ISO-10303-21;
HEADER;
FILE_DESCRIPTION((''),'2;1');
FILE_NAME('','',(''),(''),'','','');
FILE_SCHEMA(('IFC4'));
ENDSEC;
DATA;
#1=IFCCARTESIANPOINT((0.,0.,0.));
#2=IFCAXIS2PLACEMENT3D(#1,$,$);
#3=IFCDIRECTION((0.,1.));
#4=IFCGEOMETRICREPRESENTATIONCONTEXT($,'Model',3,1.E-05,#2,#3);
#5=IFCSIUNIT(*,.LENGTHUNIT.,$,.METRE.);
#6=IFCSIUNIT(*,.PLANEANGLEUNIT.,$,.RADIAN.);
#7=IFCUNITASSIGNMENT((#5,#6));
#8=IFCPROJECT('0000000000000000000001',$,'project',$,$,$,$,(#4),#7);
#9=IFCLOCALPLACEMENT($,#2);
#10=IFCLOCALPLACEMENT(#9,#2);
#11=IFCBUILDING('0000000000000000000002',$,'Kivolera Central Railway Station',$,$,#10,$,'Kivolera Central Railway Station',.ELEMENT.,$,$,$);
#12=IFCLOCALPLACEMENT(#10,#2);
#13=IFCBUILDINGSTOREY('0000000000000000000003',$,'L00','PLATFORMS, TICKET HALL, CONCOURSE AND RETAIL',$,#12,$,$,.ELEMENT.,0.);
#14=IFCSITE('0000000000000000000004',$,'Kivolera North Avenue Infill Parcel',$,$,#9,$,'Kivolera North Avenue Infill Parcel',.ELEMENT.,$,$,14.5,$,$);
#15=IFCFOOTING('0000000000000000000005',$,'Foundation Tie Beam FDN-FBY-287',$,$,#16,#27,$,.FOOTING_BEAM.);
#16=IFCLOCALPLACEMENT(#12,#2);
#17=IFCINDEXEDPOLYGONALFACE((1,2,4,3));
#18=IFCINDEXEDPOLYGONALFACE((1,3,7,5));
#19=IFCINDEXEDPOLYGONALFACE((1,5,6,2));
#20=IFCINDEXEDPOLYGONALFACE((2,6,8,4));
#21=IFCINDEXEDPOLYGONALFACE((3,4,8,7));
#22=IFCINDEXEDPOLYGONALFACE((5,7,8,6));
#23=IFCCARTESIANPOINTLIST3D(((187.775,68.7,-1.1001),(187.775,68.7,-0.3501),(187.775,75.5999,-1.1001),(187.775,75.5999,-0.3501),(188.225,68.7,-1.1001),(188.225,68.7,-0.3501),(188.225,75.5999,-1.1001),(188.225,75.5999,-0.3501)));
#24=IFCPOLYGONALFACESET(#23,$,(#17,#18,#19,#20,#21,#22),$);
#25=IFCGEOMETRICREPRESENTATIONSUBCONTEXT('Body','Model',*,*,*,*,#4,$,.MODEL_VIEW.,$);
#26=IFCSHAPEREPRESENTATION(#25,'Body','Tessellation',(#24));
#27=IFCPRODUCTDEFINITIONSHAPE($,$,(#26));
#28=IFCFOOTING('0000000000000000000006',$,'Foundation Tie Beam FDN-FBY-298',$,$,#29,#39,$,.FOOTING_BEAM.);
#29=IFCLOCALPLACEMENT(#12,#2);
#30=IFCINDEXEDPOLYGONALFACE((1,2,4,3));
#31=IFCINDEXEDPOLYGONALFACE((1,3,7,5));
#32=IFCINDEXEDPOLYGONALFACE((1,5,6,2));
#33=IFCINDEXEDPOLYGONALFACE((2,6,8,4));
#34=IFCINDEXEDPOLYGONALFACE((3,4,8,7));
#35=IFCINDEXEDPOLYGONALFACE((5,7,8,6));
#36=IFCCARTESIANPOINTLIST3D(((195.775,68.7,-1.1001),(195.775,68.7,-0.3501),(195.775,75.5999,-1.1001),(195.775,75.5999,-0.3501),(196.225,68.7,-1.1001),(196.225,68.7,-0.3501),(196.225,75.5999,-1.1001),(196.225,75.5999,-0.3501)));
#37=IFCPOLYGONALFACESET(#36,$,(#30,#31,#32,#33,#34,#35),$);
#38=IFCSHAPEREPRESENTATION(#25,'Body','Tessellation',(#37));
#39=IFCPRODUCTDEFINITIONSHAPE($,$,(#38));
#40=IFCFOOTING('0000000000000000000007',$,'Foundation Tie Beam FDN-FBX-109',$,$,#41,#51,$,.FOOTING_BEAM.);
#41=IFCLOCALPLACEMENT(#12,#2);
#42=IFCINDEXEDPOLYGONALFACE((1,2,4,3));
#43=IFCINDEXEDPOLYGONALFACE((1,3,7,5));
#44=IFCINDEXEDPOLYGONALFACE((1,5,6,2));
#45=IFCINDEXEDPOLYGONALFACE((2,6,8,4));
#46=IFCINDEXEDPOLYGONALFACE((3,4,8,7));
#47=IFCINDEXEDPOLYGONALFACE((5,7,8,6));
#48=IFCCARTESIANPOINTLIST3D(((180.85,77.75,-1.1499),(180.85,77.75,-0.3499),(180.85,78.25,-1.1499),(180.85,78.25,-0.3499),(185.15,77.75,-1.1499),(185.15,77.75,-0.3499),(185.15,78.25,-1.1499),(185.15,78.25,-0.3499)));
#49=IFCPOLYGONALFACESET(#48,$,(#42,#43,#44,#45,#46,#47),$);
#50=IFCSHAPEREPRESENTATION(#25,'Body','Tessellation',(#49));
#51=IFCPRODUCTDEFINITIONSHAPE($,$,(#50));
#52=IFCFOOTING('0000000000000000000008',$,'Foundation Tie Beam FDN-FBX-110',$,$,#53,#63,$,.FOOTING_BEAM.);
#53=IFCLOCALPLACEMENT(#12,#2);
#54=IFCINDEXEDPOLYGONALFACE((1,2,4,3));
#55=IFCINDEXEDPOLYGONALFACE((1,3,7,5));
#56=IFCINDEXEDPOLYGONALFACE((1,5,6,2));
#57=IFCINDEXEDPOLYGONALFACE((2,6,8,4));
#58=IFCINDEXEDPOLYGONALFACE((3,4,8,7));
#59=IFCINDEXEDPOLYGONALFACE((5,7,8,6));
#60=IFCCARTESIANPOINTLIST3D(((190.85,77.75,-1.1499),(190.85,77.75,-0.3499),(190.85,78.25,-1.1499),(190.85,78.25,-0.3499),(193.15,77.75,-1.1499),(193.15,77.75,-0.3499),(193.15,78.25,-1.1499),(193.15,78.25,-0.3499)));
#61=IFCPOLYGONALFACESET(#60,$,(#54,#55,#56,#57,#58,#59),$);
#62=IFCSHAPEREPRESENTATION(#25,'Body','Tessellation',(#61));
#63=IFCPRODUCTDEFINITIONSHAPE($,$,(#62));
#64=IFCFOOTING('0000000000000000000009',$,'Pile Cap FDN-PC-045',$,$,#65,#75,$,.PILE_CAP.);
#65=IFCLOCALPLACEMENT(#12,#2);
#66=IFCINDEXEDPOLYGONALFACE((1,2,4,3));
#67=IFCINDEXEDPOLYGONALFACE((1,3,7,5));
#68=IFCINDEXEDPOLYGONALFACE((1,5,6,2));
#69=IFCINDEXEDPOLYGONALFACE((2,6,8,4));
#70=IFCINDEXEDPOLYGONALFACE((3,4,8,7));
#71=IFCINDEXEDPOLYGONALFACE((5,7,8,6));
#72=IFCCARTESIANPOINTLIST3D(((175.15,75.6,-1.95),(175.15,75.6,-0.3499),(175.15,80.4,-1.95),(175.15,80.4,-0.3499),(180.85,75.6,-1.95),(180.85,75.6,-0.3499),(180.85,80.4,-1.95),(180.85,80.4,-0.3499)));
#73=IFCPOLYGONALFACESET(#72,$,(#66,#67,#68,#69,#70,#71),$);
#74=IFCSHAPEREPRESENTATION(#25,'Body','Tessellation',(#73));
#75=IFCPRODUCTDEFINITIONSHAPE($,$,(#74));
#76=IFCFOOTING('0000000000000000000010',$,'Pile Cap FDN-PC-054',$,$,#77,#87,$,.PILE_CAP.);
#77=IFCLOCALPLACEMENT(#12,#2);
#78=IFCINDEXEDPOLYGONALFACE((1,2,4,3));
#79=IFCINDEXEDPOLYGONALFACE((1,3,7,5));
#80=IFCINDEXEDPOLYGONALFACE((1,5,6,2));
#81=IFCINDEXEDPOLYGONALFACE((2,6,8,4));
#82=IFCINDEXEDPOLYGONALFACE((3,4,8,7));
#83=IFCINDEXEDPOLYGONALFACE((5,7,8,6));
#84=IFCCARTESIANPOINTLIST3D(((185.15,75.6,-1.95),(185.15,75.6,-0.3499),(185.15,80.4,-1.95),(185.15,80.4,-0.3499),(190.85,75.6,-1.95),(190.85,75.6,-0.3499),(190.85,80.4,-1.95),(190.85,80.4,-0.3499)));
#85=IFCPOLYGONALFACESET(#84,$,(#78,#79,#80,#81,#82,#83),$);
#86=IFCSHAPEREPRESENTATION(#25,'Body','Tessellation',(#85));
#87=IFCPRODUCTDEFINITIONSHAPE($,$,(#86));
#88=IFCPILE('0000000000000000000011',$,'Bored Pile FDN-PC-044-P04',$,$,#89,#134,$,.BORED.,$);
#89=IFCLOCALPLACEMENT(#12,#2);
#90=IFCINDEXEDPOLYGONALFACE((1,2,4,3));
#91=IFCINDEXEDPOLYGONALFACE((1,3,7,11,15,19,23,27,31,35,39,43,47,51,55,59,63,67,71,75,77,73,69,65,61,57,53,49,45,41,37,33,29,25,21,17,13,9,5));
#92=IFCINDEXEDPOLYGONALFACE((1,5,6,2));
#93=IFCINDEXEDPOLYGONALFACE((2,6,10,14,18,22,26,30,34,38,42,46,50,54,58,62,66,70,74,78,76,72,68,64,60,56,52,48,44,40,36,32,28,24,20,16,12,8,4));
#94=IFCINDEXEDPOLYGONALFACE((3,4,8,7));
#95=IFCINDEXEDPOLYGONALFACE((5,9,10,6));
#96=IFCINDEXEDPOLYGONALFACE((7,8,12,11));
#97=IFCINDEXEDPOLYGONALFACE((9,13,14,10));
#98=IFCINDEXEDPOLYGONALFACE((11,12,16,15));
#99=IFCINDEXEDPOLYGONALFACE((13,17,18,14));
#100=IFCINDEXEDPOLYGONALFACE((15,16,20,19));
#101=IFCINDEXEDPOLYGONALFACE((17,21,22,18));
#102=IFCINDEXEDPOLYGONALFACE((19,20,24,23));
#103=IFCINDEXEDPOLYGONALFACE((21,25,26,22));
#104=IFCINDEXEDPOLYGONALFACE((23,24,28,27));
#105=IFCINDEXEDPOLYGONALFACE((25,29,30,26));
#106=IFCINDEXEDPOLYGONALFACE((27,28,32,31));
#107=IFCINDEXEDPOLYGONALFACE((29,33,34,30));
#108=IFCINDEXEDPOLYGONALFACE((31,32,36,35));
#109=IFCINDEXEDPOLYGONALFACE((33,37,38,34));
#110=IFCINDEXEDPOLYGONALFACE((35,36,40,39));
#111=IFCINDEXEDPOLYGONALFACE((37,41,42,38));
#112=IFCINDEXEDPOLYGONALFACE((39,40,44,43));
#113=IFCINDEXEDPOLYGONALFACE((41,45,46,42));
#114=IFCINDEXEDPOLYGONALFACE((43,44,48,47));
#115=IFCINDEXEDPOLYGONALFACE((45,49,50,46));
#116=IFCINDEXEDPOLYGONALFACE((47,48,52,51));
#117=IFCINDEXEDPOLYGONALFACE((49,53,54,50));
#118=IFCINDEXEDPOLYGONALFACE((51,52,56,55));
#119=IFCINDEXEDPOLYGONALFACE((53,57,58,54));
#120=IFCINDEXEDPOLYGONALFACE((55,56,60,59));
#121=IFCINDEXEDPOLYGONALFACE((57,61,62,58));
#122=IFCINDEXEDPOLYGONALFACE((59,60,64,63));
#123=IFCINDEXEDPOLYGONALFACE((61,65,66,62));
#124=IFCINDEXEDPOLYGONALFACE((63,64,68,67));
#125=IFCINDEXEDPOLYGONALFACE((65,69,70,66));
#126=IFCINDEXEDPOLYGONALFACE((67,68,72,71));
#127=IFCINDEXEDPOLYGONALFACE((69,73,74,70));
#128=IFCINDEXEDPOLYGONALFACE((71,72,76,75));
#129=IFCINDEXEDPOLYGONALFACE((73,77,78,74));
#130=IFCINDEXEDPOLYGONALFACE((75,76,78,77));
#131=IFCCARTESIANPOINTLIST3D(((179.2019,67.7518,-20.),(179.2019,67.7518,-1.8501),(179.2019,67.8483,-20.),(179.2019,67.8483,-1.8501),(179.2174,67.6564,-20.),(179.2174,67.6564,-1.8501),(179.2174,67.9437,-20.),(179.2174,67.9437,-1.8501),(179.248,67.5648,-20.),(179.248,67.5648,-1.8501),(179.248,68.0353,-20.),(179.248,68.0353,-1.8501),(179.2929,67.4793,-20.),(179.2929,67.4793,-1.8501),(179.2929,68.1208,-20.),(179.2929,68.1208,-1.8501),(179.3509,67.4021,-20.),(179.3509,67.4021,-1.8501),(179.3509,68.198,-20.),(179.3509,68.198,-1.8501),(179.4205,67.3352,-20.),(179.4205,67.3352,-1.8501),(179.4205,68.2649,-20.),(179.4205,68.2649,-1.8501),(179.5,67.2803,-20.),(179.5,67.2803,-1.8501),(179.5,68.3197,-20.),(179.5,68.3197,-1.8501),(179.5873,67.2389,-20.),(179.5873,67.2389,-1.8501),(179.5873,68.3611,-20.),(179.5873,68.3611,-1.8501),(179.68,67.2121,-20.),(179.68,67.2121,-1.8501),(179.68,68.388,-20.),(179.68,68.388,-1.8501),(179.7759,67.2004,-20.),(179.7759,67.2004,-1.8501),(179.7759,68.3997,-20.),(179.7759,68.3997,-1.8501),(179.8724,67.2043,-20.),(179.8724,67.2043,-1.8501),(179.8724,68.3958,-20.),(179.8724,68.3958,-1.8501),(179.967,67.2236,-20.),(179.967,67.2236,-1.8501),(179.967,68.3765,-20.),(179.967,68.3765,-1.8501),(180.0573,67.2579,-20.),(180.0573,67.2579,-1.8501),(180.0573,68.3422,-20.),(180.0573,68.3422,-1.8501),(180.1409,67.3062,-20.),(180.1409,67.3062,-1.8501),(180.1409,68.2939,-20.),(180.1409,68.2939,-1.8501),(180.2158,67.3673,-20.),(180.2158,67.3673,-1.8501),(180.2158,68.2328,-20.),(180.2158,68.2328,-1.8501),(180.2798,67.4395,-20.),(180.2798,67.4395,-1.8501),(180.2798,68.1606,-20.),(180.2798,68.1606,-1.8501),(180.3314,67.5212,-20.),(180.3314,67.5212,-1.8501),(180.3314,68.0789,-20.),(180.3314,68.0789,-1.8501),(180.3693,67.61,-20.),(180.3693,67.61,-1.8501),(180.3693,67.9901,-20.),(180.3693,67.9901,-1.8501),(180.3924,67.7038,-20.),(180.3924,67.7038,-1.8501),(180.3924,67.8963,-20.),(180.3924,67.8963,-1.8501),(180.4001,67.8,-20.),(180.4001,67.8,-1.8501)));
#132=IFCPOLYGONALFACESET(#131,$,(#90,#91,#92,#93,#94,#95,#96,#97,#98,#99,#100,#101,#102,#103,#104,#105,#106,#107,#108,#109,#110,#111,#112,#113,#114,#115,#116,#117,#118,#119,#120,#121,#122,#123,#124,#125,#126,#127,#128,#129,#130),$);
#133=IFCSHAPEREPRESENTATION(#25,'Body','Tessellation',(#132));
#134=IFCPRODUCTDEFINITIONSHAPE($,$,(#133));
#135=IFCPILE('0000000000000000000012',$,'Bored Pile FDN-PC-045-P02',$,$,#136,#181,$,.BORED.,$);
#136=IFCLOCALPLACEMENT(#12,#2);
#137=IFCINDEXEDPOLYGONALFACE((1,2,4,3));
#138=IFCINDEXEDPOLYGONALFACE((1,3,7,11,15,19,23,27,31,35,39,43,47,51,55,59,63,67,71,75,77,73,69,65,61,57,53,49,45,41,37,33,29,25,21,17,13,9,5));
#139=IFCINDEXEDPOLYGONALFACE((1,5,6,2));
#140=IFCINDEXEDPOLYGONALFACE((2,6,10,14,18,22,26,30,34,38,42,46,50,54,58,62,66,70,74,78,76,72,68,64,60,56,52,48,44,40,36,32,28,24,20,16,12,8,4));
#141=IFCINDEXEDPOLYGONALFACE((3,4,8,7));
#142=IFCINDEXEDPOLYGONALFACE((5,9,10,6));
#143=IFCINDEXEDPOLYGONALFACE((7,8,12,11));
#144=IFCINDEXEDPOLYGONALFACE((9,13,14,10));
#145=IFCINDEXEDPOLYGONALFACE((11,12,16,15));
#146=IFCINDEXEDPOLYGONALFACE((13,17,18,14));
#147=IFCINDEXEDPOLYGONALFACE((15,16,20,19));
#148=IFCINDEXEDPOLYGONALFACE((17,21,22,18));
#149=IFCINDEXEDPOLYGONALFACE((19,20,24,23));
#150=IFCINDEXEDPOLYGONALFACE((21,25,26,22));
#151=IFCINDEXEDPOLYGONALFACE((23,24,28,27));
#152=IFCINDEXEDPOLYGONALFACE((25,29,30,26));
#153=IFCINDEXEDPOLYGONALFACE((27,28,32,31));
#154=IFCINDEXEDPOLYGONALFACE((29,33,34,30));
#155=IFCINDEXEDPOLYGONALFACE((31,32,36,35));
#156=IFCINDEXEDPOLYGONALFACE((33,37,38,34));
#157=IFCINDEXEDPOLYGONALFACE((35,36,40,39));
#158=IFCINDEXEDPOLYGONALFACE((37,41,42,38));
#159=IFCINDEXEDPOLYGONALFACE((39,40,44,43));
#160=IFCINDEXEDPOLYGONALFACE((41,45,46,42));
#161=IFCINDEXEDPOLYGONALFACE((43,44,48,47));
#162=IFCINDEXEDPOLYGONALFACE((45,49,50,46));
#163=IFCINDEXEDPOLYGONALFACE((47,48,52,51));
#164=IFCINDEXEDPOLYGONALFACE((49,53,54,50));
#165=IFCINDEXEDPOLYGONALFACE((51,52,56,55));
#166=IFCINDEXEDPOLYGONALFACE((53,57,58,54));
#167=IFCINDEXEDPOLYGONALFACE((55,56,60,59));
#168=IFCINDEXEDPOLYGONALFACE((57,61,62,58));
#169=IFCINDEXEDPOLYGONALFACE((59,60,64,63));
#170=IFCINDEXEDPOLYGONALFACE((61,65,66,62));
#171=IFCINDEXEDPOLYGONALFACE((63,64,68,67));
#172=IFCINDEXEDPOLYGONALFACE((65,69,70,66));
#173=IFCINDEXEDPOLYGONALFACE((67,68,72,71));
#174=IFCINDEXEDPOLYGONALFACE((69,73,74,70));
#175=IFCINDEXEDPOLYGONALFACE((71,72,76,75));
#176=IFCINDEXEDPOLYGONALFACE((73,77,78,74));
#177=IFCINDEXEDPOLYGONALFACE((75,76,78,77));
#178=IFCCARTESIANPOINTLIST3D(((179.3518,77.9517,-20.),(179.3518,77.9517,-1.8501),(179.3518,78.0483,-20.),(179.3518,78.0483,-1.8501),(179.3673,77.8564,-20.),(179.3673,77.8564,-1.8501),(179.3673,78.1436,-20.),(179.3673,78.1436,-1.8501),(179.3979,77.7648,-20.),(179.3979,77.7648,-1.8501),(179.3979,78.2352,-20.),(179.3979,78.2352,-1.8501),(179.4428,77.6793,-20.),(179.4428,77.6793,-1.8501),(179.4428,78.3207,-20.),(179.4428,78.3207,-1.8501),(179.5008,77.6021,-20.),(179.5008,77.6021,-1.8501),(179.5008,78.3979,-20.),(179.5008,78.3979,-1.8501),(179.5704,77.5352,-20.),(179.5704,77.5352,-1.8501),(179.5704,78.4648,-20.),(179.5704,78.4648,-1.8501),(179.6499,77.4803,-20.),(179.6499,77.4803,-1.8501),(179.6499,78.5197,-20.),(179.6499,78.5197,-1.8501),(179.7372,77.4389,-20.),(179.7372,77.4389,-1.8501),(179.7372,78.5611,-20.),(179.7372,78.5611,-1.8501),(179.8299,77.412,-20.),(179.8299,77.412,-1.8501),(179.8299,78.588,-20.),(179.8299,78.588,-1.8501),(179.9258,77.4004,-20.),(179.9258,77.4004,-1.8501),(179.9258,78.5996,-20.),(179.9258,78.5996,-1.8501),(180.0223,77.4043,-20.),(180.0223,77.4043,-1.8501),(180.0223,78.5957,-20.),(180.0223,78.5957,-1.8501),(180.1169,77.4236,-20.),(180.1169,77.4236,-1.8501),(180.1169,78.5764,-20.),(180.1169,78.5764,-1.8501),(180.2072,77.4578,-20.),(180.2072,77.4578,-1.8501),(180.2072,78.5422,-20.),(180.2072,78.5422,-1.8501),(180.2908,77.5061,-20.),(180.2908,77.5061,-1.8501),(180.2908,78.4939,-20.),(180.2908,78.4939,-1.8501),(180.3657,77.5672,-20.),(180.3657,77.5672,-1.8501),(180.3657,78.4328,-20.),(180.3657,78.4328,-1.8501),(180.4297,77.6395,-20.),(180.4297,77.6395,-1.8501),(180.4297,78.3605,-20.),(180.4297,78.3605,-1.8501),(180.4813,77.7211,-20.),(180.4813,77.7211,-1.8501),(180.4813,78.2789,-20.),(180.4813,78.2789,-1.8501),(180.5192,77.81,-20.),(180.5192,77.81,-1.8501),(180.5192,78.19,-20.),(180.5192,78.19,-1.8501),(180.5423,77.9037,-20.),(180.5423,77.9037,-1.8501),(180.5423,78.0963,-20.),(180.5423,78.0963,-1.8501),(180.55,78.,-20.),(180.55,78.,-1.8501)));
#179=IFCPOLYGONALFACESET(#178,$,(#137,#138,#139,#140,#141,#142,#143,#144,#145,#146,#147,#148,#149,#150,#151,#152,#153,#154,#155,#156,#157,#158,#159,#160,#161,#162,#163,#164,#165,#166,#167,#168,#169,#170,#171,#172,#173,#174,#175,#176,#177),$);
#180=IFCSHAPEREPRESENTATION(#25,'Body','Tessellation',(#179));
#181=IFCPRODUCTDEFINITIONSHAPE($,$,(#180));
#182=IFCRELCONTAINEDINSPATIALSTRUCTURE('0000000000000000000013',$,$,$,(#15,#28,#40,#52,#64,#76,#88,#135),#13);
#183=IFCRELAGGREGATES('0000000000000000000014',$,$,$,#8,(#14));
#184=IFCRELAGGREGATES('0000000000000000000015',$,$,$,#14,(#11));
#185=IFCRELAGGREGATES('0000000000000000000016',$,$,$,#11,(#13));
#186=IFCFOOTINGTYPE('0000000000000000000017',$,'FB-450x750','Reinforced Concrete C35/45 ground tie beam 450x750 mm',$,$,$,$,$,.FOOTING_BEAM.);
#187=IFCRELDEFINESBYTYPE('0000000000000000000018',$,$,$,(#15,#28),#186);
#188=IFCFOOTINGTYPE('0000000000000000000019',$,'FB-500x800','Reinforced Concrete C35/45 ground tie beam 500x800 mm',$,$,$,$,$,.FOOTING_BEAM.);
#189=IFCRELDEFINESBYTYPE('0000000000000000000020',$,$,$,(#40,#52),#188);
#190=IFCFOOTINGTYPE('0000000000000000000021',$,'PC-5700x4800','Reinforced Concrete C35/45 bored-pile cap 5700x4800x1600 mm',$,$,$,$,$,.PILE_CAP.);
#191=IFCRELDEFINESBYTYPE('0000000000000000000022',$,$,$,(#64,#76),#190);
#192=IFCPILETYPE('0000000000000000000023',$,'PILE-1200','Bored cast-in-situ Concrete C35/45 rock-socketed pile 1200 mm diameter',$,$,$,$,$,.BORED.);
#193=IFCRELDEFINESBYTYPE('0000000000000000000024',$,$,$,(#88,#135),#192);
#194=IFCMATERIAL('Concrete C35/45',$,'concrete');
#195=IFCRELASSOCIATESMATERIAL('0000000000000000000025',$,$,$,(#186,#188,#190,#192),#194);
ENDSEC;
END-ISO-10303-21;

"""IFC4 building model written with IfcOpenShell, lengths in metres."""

from ifc_helpers import new_model, si_unit, direction, frame, origin, origin_2d, place, context, subcontext, project, spatial, rectangle, circle, extrude, material, material_profile, profile_set, type_object, element, save


model = new_model("IFC4")

# Units and contexts
model_context = context("Model", 3, precision=1e-05, world=origin(), true_north=direction((0.0, 1.0)))
body_context = subcontext(model_context, "Body", "Model", "MODEL_VIEW")
ifc_project = project(units=[si_unit("LENGTHUNIT", "METRE"), si_unit("PLANEANGLEUNIT", "RADIAN")], contexts=[model_context])

# Site, building, storey
site_placement = place(None, origin())
site = spatial("IfcSite", under=ifc_project, at=site_placement, Name="Kivolera North Avenue Infill Parcel", LongName="Kivolera North Avenue Infill Parcel", CompositionType="ELEMENT", RefElevation=14.5)
building_placement = place(site_placement, origin())
building = spatial("IfcBuilding", under=site, at=building_placement, Name="Kivolera Central Railway Station", LongName="Kivolera Central Railway Station", CompositionType="ELEMENT")
storey_placement = place(building_placement, origin())
storey = spatial("IfcBuildingStorey", under=building, at=storey_placement, Name="L00", Description="PLATFORMS, TICKET HALL, CONCOURSE AND RETAIL", CompositionType="ELEMENT", Elevation=0.0)

# Footings
ifc_material_1 = material(Name="Concrete C35/45", Category="concrete")
footing_type_1 = type_object("IfcFootingType", Name="FB-450x750", Description="Reinforced Concrete C35/45 ground tie beam 450x750 mm", PredefinedType="FOOTING_BEAM", material=ifc_material_1)
for number, where, z_axis, x_axis, name in (
    (1, (188.0, 72.1499, -1.1001), (0.0, 0.0, 1.0), (1.0, 0.0, 0.0), "Foundation Tie Beam FDN-FBY-287"),
    (2, (196.0, 72.1499, -1.1001), (0.0, 0.0, 1.0), (1.0, 0.0, 0.0), "Foundation Tie Beam FDN-FBY-298"),
):
    element("IfcFooting", number, at=place(storey_placement, frame(where, z_axis=z_axis, x_axis=x_axis)), inside=storey, type_object=footing_type_1, Name=name, PredefinedType="FOOTING_BEAM", context=body_context, shape_type="SweptSolid", body=[
        extrude(rectangle(XDim=0.45, YDim=6.8999, at=origin_2d()), origin(), (0.0, 0.0, 1.0), 0.75),
    ])
footing_type_2 = type_object("IfcFootingType", Name="FB-500x800", Description="Reinforced Concrete C35/45 ground tie beam 500x800 mm", PredefinedType="FOOTING_BEAM", material=ifc_material_1)
footing_1_placement = place(storey_placement, frame((183.0, 78.0, -1.1499), z_axis=(0.0, 0.0, 1.0), x_axis=(1.0, 0.0, 0.0)))
element("IfcFooting", 3, at=footing_1_placement, inside=storey, type_object=footing_type_2, Name="Foundation Tie Beam FDN-FBX-109", PredefinedType="FOOTING_BEAM", context=body_context, shape_type="SweptSolid", body=[
    extrude(rectangle(XDim=4.3, YDim=0.5, at=origin_2d()), origin(), (0.0, 0.0, 1.0), 0.8),
])
footing_2_placement = place(storey_placement, frame((192.0, 78.0, -1.1499), z_axis=(0.0, 0.0, 1.0), x_axis=(1.0, 0.0, 0.0)))
element("IfcFooting", 4, at=footing_2_placement, inside=storey, type_object=footing_type_2, Name="Foundation Tie Beam FDN-FBX-110", PredefinedType="FOOTING_BEAM", context=body_context, shape_type="SweptSolid", body=[
    extrude(rectangle(XDim=2.3, YDim=0.5, at=origin_2d()), origin(), (0.0, 0.0, 1.0), 0.8),
])
footing_type_3 = type_object("IfcFootingType", Name="PC-5700x4800", Description="Reinforced Concrete C35/45 bored-pile cap 5700x4800x1600 mm", PredefinedType="PILE_CAP", material=ifc_material_1)
for number, where, z_axis, x_axis, name in (
    (5, (178.0, 78.0, -1.95), (0.0, 0.0, 1.0), (1.0, 0.0, 0.0), "Pile Cap FDN-PC-045"),
    (6, (188.0, 78.0, -1.95), (0.0, 0.0, 1.0), (1.0, 0.0, 0.0), "Pile Cap FDN-PC-054"),
):
    element("IfcFooting", number, at=place(storey_placement, frame(where, z_axis=z_axis, x_axis=x_axis)), inside=storey, type_object=footing_type_3, Name=name, PredefinedType="PILE_CAP", context=body_context, shape_type="SweptSolid", body=[
        extrude(rectangle(XDim=5.7, YDim=4.8, at=origin_2d()), origin(), (0.0, 0.0, 1.0), 1.6001),
    ])

# Piles
ifc_material_profile_1 = material_profile(ifc_material_1, circle(Radius=0.6001, at=origin_2d()), Name="PILE D1200")
ifc_profile_set_1 = profile_set([ifc_material_profile_1], Name="Concrete C35/45")
pile_type = type_object("IfcPileType", Name="PILE-1200", Description="Bored cast-in-situ Concrete C35/45 rock-socketed pile 1200 mm diameter", PredefinedType="BORED", material=ifc_profile_set_1)
for number, where, z_axis, x_axis, name in (
    (7, (179.8, 67.8, -1.8501), (0.0, 0.0, -1.0), (1.0, 0.0, 0.0), "Bored Pile FDN-PC-044-P04"),
    (8, (179.95, 78.0, -1.8501), (0.0, 0.0, -1.0), (1.0, 0.0, 0.0), "Bored Pile FDN-PC-045-P02"),
):
    element("IfcPile", number, at=place(storey_placement, frame(where, z_axis=z_axis, x_axis=x_axis)), inside=storey, type_object=pile_type, Name=name, PredefinedType="BORED", context=body_context, shape_type="SweptSolid", body=[
        extrude(circle(Radius=0.6001, at=origin_2d()), origin(), (0.0, 0.0, 1.0), 18.1499),
    ])

save(model, "model.ifc")
